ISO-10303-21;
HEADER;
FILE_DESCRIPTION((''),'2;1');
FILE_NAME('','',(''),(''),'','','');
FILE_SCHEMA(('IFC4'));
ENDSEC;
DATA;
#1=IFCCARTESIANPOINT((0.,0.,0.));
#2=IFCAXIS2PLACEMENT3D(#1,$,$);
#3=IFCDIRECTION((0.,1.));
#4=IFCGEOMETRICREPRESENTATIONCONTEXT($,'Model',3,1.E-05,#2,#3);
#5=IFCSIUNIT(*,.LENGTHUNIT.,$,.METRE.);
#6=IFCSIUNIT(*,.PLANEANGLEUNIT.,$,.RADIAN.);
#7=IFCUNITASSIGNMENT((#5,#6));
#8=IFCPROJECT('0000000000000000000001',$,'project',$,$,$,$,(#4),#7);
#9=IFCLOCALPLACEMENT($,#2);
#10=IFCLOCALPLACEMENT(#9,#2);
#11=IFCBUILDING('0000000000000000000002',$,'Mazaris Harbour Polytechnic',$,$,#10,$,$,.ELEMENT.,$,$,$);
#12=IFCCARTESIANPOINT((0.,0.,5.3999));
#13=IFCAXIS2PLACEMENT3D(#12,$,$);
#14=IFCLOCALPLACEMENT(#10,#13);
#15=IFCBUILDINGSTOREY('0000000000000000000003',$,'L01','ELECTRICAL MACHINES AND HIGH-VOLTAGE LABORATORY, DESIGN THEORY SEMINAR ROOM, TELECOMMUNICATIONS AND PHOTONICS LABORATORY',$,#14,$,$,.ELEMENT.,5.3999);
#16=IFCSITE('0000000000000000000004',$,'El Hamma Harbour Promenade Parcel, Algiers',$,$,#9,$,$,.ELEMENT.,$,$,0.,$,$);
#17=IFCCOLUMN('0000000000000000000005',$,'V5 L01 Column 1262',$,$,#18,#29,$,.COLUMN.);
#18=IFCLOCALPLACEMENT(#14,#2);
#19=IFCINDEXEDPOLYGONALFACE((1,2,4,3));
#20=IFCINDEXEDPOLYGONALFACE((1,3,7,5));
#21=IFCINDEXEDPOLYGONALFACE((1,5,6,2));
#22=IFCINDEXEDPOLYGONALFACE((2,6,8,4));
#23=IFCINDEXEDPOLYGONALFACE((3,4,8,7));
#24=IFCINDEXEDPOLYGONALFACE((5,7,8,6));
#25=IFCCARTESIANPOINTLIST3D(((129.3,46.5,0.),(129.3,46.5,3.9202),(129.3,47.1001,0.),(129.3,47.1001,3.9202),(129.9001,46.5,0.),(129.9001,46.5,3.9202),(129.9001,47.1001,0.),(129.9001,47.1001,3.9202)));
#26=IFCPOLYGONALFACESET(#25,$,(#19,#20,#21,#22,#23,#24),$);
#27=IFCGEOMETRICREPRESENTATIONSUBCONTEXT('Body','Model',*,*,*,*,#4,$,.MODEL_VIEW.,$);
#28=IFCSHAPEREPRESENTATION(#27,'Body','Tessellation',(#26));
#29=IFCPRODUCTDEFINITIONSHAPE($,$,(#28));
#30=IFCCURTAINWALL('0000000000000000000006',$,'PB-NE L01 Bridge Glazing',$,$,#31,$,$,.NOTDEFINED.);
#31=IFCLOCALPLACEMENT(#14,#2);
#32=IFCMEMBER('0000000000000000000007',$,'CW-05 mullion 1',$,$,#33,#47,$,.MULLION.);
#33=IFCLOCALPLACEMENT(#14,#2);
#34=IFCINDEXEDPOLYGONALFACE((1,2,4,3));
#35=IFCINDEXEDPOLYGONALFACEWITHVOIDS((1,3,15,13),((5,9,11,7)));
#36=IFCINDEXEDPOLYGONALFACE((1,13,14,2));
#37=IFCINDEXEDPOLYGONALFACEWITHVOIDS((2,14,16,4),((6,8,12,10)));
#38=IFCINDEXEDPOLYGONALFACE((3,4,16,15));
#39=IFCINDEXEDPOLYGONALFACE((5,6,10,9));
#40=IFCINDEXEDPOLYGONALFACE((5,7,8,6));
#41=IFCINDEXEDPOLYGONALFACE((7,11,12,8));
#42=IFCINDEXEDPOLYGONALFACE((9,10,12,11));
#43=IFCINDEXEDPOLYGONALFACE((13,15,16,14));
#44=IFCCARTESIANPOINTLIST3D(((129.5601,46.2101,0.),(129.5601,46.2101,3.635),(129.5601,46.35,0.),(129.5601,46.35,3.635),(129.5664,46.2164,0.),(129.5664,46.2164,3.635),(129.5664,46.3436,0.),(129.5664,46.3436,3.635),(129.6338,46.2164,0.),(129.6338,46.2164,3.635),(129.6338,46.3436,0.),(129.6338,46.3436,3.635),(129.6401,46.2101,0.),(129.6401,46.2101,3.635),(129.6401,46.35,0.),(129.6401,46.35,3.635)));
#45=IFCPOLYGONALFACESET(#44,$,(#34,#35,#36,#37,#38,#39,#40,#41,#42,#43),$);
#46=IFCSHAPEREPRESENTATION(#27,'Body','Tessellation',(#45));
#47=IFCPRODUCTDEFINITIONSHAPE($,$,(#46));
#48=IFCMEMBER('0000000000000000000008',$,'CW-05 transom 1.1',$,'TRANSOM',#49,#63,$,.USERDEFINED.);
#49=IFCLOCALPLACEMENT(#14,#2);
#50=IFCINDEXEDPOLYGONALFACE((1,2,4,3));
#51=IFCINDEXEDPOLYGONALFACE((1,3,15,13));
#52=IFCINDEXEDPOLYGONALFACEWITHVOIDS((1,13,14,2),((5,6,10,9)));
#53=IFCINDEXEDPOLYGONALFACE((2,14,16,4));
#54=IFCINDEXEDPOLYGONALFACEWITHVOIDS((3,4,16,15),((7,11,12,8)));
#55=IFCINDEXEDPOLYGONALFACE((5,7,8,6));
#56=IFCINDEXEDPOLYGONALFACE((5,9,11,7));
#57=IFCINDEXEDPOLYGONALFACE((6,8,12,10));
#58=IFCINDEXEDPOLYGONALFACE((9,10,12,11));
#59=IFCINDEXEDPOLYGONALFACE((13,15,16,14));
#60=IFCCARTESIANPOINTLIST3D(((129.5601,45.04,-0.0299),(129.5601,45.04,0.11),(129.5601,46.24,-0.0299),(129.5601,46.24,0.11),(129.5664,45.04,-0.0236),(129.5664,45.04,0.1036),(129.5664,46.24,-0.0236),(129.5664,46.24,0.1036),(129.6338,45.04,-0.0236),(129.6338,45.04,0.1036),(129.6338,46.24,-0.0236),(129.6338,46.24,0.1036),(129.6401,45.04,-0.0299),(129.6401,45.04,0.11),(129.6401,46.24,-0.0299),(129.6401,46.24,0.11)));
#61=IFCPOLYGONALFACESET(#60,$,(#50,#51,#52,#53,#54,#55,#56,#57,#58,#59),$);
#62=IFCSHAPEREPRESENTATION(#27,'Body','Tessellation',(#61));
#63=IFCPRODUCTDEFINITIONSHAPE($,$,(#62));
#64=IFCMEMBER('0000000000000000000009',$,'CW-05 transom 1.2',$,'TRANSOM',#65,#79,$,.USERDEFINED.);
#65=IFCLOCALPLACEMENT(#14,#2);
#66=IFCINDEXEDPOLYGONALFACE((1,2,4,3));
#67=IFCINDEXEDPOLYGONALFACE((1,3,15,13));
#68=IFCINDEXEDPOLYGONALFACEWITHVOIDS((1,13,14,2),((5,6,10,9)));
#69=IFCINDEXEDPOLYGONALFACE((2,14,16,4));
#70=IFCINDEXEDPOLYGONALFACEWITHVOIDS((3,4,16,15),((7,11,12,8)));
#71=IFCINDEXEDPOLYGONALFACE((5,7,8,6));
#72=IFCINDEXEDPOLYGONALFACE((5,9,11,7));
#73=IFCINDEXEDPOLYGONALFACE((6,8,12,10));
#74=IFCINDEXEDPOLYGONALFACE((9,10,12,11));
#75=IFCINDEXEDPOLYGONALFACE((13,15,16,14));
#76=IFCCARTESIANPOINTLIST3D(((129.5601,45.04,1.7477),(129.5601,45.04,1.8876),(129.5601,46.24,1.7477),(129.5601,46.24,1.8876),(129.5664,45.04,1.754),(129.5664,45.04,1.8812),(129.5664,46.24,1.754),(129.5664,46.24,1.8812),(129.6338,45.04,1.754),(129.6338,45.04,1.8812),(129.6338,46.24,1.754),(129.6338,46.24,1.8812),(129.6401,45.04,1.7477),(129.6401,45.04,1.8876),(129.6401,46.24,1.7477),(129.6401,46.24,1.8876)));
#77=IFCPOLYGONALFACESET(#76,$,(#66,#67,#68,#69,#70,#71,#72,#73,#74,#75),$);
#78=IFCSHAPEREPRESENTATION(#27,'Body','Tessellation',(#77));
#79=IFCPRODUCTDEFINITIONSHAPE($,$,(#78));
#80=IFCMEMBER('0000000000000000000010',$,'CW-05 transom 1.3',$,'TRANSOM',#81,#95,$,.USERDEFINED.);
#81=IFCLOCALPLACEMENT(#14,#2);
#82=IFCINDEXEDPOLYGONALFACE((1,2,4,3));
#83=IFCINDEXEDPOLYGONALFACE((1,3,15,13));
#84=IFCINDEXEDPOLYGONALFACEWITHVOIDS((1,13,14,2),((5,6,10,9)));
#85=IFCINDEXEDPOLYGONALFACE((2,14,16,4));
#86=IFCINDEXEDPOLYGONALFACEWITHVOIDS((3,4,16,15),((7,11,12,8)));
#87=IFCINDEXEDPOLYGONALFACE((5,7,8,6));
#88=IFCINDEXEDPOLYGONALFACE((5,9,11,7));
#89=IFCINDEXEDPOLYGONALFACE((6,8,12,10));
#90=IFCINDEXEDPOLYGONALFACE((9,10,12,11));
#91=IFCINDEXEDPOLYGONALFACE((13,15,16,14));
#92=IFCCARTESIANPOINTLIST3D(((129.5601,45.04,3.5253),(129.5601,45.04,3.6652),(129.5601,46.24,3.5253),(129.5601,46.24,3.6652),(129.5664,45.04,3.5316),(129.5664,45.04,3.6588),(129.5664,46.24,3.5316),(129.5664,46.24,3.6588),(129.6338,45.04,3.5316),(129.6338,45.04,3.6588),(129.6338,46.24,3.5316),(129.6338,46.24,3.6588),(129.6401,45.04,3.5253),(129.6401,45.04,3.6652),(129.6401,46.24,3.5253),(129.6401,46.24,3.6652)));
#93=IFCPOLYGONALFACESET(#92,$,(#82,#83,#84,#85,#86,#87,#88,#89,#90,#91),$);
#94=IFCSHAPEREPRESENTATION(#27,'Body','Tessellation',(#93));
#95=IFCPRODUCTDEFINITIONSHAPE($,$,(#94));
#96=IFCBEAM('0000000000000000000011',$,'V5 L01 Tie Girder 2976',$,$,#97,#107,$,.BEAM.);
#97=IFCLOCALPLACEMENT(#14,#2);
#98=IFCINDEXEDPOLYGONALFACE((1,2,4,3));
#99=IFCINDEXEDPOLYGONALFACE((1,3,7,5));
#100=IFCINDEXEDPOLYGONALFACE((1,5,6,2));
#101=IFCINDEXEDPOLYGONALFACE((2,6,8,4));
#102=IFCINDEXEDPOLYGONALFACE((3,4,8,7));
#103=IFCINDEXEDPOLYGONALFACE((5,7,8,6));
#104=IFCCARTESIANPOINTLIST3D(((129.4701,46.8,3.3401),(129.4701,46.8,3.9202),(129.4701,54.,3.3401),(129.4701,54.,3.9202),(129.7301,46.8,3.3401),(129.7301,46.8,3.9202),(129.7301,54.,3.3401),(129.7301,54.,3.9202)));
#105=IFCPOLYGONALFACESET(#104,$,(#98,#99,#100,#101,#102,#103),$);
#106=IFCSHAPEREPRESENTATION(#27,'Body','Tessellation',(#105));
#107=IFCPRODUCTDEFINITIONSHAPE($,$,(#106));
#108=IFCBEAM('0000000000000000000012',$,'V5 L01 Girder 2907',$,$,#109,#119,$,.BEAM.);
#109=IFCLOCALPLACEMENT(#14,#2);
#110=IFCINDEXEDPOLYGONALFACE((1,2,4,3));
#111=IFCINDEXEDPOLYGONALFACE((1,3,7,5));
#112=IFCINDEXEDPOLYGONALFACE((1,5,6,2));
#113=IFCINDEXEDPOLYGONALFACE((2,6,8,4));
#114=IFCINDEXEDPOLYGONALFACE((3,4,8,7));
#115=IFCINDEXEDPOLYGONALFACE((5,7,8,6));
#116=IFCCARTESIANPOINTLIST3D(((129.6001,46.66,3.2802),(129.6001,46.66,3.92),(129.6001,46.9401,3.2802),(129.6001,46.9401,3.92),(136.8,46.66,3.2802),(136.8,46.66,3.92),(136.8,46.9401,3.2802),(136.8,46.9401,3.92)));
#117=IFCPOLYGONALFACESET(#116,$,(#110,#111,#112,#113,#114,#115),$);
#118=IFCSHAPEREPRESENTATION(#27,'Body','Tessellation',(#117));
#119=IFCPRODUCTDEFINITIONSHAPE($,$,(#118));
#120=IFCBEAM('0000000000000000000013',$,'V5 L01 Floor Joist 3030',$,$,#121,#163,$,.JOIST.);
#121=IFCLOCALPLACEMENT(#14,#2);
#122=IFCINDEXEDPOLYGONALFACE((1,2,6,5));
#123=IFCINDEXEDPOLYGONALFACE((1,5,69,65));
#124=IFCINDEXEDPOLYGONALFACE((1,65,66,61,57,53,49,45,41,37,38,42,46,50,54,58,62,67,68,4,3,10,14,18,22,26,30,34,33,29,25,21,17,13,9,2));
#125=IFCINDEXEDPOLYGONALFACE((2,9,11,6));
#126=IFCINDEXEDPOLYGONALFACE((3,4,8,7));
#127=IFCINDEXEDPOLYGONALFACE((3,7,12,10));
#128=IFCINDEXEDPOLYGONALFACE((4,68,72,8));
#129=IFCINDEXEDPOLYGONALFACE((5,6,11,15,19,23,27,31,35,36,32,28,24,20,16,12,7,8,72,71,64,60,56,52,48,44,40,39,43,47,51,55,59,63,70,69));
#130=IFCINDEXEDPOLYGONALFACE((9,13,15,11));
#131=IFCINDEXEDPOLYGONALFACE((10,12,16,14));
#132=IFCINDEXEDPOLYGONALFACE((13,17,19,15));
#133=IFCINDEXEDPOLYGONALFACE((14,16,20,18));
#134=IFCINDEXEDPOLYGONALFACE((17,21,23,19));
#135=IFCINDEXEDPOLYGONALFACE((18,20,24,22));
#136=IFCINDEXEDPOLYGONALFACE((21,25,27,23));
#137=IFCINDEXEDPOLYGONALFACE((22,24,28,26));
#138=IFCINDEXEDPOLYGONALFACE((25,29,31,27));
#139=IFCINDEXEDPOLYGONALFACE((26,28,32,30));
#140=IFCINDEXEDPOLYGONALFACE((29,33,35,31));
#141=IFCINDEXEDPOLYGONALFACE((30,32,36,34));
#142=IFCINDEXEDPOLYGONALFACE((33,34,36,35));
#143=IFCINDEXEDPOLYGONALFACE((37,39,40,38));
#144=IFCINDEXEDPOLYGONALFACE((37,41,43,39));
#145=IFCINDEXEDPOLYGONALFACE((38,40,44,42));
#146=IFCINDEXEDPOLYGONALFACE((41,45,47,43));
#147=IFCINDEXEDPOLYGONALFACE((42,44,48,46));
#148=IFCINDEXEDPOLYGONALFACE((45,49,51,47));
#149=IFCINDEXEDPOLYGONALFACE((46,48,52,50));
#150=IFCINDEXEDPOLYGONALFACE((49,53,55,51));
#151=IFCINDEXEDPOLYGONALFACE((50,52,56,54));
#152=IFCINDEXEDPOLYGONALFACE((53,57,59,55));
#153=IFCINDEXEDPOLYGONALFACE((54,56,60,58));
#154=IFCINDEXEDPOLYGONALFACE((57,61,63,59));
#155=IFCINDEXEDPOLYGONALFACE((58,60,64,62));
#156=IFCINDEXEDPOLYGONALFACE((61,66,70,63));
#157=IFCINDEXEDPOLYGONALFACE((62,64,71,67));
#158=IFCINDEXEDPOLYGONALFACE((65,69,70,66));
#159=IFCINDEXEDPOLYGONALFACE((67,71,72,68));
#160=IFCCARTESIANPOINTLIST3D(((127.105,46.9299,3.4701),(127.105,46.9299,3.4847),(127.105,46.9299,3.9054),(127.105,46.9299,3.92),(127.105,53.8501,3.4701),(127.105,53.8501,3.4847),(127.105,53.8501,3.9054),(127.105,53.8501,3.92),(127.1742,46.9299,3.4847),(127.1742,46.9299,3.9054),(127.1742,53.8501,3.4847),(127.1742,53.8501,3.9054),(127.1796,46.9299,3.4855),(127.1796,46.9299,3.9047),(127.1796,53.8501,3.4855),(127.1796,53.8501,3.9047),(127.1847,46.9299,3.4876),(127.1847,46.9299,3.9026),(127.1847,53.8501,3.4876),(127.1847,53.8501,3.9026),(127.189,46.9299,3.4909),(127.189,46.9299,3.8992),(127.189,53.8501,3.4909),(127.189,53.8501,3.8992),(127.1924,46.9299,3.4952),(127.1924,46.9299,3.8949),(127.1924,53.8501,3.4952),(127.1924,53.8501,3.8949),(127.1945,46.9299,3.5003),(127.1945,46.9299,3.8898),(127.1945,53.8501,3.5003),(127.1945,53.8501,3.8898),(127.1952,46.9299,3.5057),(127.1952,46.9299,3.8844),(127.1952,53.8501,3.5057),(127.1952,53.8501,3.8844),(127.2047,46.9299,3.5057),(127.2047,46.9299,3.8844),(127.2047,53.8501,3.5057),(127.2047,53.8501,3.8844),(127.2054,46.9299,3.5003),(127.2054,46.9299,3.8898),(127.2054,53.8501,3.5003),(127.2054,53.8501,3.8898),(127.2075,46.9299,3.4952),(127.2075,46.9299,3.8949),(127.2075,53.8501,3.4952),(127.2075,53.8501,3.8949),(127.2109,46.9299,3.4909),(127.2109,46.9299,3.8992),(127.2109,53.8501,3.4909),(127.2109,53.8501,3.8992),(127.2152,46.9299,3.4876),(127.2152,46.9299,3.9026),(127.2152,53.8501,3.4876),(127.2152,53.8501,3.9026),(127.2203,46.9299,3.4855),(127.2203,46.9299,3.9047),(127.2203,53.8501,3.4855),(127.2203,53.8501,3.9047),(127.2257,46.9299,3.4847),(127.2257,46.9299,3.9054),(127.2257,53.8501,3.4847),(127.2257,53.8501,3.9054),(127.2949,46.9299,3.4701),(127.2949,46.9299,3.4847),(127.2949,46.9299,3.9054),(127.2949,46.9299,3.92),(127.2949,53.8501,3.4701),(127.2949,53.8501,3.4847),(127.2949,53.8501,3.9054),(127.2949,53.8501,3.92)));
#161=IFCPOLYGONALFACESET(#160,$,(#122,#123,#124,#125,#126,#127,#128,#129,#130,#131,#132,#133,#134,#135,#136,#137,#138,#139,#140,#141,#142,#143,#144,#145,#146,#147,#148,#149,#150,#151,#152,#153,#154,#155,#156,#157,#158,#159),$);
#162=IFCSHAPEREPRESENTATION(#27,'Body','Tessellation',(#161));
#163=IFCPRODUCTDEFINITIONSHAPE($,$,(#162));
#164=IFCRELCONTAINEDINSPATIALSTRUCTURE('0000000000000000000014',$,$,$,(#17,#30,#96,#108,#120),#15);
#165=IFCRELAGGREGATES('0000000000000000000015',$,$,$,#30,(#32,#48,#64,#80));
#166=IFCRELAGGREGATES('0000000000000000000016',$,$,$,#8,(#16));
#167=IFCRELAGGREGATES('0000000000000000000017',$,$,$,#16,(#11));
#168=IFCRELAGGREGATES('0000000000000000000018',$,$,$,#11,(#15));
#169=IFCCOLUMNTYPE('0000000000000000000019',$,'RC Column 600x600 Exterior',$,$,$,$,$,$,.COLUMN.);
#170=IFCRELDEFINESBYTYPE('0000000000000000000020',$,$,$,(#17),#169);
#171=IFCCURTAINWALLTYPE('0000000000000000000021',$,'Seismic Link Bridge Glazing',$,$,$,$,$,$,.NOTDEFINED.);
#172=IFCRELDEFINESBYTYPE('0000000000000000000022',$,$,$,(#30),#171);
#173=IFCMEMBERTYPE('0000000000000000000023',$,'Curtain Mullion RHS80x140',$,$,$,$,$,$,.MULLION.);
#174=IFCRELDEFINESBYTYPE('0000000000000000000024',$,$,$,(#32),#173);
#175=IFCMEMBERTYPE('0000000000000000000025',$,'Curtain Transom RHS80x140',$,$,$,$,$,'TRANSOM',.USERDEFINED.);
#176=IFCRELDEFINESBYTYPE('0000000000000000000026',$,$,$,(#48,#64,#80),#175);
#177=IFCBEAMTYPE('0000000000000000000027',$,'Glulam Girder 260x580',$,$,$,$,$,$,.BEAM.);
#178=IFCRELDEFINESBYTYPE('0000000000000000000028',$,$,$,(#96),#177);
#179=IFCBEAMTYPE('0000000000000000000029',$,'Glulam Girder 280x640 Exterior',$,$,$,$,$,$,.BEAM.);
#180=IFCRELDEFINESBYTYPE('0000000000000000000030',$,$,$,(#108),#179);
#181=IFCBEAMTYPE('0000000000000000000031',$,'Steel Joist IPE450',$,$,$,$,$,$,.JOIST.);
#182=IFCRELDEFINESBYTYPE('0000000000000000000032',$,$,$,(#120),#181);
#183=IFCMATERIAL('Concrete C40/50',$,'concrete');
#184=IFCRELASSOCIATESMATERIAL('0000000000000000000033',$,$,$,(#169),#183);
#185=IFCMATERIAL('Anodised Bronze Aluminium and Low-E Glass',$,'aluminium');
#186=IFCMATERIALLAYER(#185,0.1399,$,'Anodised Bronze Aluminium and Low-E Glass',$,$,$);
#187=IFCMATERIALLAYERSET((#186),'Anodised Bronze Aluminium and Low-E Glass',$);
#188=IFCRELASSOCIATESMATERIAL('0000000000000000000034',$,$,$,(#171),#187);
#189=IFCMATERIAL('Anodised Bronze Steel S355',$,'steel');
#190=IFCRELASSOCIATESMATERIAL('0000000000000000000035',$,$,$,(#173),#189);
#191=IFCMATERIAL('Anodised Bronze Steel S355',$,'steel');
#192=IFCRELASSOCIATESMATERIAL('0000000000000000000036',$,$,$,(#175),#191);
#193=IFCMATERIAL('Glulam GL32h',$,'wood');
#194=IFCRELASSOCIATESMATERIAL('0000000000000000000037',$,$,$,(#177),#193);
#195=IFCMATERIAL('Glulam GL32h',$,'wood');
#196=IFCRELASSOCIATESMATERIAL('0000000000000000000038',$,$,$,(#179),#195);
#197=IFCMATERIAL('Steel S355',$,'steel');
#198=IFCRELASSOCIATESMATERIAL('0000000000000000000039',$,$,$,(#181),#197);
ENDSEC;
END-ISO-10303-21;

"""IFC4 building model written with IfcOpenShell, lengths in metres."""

from ifc_helpers import new_model, si_unit, direction, frame, origin, origin_2d, place, context, subcontext, project, spatial, rectangle, hollow_rectangle, i_section, extrude, material, layer, layer_set, material_profile, profile_set, type_object, element, aggregate, save


model = new_model("IFC4")

# Units and contexts
model_context = context("Model", 3, precision=1e-05, world=origin(), true_north=direction((0.0, 1.0)))
body_context = subcontext(model_context, "Body", "Model", "MODEL_VIEW")
ifc_project = project(units=[si_unit("LENGTHUNIT", "METRE"), si_unit("PLANEANGLEUNIT", "RADIAN")], contexts=[model_context])

# Site, building, storey
site_placement = place(None, origin())
site = spatial("IfcSite", under=ifc_project, at=site_placement, Name="El Hamma Harbour Promenade Parcel, Algiers", CompositionType="ELEMENT", RefElevation=0.0)
building_placement = place(site_placement, origin())
building = spatial("IfcBuilding", under=site, at=building_placement, Name="Mazaris Harbour Polytechnic", CompositionType="ELEMENT")
storey_placement = place(building_placement, frame((0.0, 0.0, 5.3999)))
storey = spatial("IfcBuildingStorey", under=building, at=storey_placement, Name="L01", Description="ELECTRICAL MACHINES AND HIGH-VOLTAGE LABORATORY, DESIGN THEORY SEMINAR ROOM, TELECOMMUNICATIONS AND PHOTONICS LABORATORY", CompositionType="ELEMENT", Elevation=5.3999)

# Column
ifc_material_1 = material(Name="Concrete C40/50", Category="concrete")
ifc_material_profile_1 = material_profile(ifc_material_1, rectangle(XDim=0.6001, YDim=0.6001, at=origin_2d()), Name="RECT600x600")
ifc_profile_set_1 = profile_set([ifc_material_profile_1], Name="Concrete C40/50")
column_type = type_object("IfcColumnType", Name="RC Column 600x600 Exterior", PredefinedType="COLUMN", material=ifc_profile_set_1)
column_placement = place(storey_placement, frame((129.6001, 46.8, 0.0), z_axis=(0.0, 0.0, 1.0), x_axis=(1.0, 0.0, 0.0)))
element("IfcColumn", 1, at=column_placement, inside=storey, type_object=column_type, Name="V5 L01 Column 1262", PredefinedType="COLUMN", context=body_context, shape_type="SweptSolid", body=[
    extrude(rectangle(XDim=0.6001, YDim=0.6001, at=origin_2d()), origin(), (0.0, 0.0, 1.0), 3.9202),
])

# Curtain wall, members
ifc_material_2 = material(Name="Anodised Bronze Aluminium and Low-E Glass", Category="aluminium")
ifc_layer_1 = layer(ifc_material_2, 0.1399, Name="Anodised Bronze Aluminium and Low-E Glass")
ifc_layer_set_1 = layer_set([ifc_layer_1], Name="Anodised Bronze Aluminium and Low-E Glass")
curtain_wall_type = type_object("IfcCurtainWallType", Name="Seismic Link Bridge Glazing", PredefinedType="NOTDEFINED", material=ifc_layer_set_1)
curtain_wall_placement = place(storey_placement, origin())
curtain_wall = element("IfcCurtainWall", 2, at=curtain_wall_placement, inside=storey, type_object=curtain_wall_type, Name="PB-NE L01 Bridge Glazing", PredefinedType="NOTDEFINED")
ifc_material_3 = material(Name="Anodised Bronze Steel S355", Category="steel")
ifc_material_profile_2 = material_profile(ifc_material_3, hollow_rectangle(XDim=0.0801, YDim=0.1399, WallThickness=0.0063, at=origin_2d()), Name="RHS 80x140x6.3")
ifc_profile_set_2 = profile_set([ifc_material_profile_2], Name="Anodised Bronze Steel S355")
member_type_1 = type_object("IfcMemberType", Name="Curtain Mullion RHS80x140", PredefinedType="MULLION", material=ifc_profile_set_2)
member_1_placement = place(storey_placement, frame((129.6001, 46.28, 0.0), z_axis=(0.0, 0.0, 1.0), x_axis=(1.0, 0.0, 0.0)))
member_1 = element("IfcMember", 3, at=member_1_placement, type_object=member_type_1, Name="CW-05 mullion 1", PredefinedType="MULLION", context=body_context, shape_type="SweptSolid", body=[
    extrude(hollow_rectangle(XDim=0.0801, YDim=0.1399, WallThickness=0.0063, at=origin_2d()), origin(), (0.0, 0.0, 1.0), 3.635),
])
ifc_material_4 = material(Name="Anodised Bronze Steel S355", Category="steel")
ifc_material_profile_3 = material_profile(ifc_material_4, hollow_rectangle(XDim=0.0801, YDim=0.1399, WallThickness=0.0063, at=origin_2d()), Name="RHS 80x140x6.3")
ifc_profile_set_3 = profile_set([ifc_material_profile_3], Name="Anodised Bronze Steel S355")
member_type_2 = type_object("IfcMemberType", Name="Curtain Transom RHS80x140", ElementType="TRANSOM", PredefinedType="USERDEFINED", material=ifc_profile_set_3)
member_2_placement = place(storey_placement, frame((129.6001, 46.24, 0.04), z_axis=(0.0, -1.0, 0.0), x_axis=(1.0, 0.0, 0.0)))
member_2 = element("IfcMember", 4, at=member_2_placement, type_object=member_type_2, Name="CW-05 transom 1.1", ObjectType="TRANSOM", PredefinedType="USERDEFINED", context=body_context, shape_type="SweptSolid", body=[
    extrude(hollow_rectangle(XDim=0.0801, YDim=0.1399, WallThickness=0.0063, at=origin_2d()), origin(), (0.0, 0.0, 1.0), 1.2),
])
member_3_placement = place(storey_placement, frame((129.6001, 46.24, 1.8176), z_axis=(0.0, -1.0, 0.0), x_axis=(1.0, 0.0, 0.0)))
member_3 = element("IfcMember", 5, at=member_3_placement, type_object=member_type_2, Name="CW-05 transom 1.2", ObjectType="TRANSOM", PredefinedType="USERDEFINED", context=body_context, shape_type="SweptSolid", body=[
    extrude(hollow_rectangle(XDim=0.0801, YDim=0.1399, WallThickness=0.0063, at=origin_2d()), origin(), (0.0, 0.0, 1.0), 1.2),
])
member_4_placement = place(storey_placement, frame((129.6001, 46.24, 3.5952), z_axis=(0.0, -1.0, 0.0), x_axis=(1.0, 0.0, 0.0)))
member_4 = element("IfcMember", 6, at=member_4_placement, type_object=member_type_2, Name="CW-05 transom 1.3", ObjectType="TRANSOM", PredefinedType="USERDEFINED", context=body_context, shape_type="SweptSolid", body=[
    extrude(hollow_rectangle(XDim=0.0801, YDim=0.1399, WallThickness=0.0063, at=origin_2d()), origin(), (0.0, 0.0, 1.0), 1.2),
])
aggregate(curtain_wall, [member_1, member_2, member_3, member_4])

# Beams
ifc_material_5 = material(Name="Glulam GL32h", Category="wood")
ifc_material_profile_4 = material_profile(ifc_material_5, rectangle(XDim=0.26, YDim=0.5801, at=origin_2d()), Name="RECT260x580")
ifc_profile_set_4 = profile_set([ifc_material_profile_4], Name="Glulam GL32h")
beam_type_1 = type_object("IfcBeamType", Name="Glulam Girder 260x580", PredefinedType="BEAM", material=ifc_profile_set_4)
beam_1_placement = place(storey_placement, frame((129.6001, 46.8, 3.6301), z_axis=(0.0, 1.0, 0.0), x_axis=(-1.0, 0.0, 0.0)))
element("IfcBeam", 7, at=beam_1_placement, inside=storey, type_object=beam_type_1, Name="V5 L01 Tie Girder 2976", PredefinedType="BEAM", context=body_context, shape_type="SweptSolid", body=[
    extrude(rectangle(XDim=0.26, YDim=0.5801, at=origin_2d()), origin(), (0.0, 0.0, 1.0), 7.2),
])
ifc_material_6 = material(Name="Glulam GL32h", Category="wood")
ifc_material_profile_5 = material_profile(ifc_material_6, rectangle(XDim=0.28, YDim=0.6399, at=origin_2d()), Name="RECT280x640")
ifc_profile_set_5 = profile_set([ifc_material_profile_5], Name="Glulam GL32h")
beam_type_2 = type_object("IfcBeamType", Name="Glulam Girder 280x640 Exterior", PredefinedType="BEAM", material=ifc_profile_set_5)
beam_2_placement = place(storey_placement, frame((129.6001, 46.8, 3.6001), z_axis=(1.0, 0.0, 0.0), x_axis=(0.0, 1.0, 0.0)))
element("IfcBeam", 8, at=beam_2_placement, inside=storey, type_object=beam_type_2, Name="V5 L01 Girder 2907", PredefinedType="BEAM", context=body_context, shape_type="SweptSolid", body=[
    extrude(rectangle(XDim=0.28, YDim=0.6399, at=origin_2d()), origin(), (0.0, 0.0, 1.0), 7.2),
])
ifc_material_7 = material(Name="Steel S355", Category="steel")
ifc_material_profile_6 = material_profile(ifc_material_7, i_section(OverallWidth=0.1899, OverallDepth=0.45, WebThickness=0.0095, FlangeThickness=0.0146, FilletRadius=0.021, at=origin_2d()), Name="IPE 450")
ifc_profile_set_6 = profile_set([ifc_material_profile_6], Name="Steel S355")
beam_type_3 = type_object("IfcBeamType", Name="Steel Joist IPE450", PredefinedType="JOIST", material=ifc_profile_set_6)
beam_3_placement = place(storey_placement, frame((127.2, 46.9299, 3.6951), z_axis=(0.0, 1.0, 0.0), x_axis=(-1.0, 0.0, 0.0)))
element("IfcBeam", 9, at=beam_3_placement, inside=storey, type_object=beam_type_3, Name="V5 L01 Floor Joist 3030", PredefinedType="JOIST", context=body_context, shape_type="SweptSolid", body=[
    extrude(i_section(OverallWidth=0.1899, OverallDepth=0.45, WebThickness=0.0095, FlangeThickness=0.0146, FilletRadius=0.021, at=origin_2d()), origin(), (0.0, 0.0, 1.0), 6.9202),
])

save(model, "model.ifc")
